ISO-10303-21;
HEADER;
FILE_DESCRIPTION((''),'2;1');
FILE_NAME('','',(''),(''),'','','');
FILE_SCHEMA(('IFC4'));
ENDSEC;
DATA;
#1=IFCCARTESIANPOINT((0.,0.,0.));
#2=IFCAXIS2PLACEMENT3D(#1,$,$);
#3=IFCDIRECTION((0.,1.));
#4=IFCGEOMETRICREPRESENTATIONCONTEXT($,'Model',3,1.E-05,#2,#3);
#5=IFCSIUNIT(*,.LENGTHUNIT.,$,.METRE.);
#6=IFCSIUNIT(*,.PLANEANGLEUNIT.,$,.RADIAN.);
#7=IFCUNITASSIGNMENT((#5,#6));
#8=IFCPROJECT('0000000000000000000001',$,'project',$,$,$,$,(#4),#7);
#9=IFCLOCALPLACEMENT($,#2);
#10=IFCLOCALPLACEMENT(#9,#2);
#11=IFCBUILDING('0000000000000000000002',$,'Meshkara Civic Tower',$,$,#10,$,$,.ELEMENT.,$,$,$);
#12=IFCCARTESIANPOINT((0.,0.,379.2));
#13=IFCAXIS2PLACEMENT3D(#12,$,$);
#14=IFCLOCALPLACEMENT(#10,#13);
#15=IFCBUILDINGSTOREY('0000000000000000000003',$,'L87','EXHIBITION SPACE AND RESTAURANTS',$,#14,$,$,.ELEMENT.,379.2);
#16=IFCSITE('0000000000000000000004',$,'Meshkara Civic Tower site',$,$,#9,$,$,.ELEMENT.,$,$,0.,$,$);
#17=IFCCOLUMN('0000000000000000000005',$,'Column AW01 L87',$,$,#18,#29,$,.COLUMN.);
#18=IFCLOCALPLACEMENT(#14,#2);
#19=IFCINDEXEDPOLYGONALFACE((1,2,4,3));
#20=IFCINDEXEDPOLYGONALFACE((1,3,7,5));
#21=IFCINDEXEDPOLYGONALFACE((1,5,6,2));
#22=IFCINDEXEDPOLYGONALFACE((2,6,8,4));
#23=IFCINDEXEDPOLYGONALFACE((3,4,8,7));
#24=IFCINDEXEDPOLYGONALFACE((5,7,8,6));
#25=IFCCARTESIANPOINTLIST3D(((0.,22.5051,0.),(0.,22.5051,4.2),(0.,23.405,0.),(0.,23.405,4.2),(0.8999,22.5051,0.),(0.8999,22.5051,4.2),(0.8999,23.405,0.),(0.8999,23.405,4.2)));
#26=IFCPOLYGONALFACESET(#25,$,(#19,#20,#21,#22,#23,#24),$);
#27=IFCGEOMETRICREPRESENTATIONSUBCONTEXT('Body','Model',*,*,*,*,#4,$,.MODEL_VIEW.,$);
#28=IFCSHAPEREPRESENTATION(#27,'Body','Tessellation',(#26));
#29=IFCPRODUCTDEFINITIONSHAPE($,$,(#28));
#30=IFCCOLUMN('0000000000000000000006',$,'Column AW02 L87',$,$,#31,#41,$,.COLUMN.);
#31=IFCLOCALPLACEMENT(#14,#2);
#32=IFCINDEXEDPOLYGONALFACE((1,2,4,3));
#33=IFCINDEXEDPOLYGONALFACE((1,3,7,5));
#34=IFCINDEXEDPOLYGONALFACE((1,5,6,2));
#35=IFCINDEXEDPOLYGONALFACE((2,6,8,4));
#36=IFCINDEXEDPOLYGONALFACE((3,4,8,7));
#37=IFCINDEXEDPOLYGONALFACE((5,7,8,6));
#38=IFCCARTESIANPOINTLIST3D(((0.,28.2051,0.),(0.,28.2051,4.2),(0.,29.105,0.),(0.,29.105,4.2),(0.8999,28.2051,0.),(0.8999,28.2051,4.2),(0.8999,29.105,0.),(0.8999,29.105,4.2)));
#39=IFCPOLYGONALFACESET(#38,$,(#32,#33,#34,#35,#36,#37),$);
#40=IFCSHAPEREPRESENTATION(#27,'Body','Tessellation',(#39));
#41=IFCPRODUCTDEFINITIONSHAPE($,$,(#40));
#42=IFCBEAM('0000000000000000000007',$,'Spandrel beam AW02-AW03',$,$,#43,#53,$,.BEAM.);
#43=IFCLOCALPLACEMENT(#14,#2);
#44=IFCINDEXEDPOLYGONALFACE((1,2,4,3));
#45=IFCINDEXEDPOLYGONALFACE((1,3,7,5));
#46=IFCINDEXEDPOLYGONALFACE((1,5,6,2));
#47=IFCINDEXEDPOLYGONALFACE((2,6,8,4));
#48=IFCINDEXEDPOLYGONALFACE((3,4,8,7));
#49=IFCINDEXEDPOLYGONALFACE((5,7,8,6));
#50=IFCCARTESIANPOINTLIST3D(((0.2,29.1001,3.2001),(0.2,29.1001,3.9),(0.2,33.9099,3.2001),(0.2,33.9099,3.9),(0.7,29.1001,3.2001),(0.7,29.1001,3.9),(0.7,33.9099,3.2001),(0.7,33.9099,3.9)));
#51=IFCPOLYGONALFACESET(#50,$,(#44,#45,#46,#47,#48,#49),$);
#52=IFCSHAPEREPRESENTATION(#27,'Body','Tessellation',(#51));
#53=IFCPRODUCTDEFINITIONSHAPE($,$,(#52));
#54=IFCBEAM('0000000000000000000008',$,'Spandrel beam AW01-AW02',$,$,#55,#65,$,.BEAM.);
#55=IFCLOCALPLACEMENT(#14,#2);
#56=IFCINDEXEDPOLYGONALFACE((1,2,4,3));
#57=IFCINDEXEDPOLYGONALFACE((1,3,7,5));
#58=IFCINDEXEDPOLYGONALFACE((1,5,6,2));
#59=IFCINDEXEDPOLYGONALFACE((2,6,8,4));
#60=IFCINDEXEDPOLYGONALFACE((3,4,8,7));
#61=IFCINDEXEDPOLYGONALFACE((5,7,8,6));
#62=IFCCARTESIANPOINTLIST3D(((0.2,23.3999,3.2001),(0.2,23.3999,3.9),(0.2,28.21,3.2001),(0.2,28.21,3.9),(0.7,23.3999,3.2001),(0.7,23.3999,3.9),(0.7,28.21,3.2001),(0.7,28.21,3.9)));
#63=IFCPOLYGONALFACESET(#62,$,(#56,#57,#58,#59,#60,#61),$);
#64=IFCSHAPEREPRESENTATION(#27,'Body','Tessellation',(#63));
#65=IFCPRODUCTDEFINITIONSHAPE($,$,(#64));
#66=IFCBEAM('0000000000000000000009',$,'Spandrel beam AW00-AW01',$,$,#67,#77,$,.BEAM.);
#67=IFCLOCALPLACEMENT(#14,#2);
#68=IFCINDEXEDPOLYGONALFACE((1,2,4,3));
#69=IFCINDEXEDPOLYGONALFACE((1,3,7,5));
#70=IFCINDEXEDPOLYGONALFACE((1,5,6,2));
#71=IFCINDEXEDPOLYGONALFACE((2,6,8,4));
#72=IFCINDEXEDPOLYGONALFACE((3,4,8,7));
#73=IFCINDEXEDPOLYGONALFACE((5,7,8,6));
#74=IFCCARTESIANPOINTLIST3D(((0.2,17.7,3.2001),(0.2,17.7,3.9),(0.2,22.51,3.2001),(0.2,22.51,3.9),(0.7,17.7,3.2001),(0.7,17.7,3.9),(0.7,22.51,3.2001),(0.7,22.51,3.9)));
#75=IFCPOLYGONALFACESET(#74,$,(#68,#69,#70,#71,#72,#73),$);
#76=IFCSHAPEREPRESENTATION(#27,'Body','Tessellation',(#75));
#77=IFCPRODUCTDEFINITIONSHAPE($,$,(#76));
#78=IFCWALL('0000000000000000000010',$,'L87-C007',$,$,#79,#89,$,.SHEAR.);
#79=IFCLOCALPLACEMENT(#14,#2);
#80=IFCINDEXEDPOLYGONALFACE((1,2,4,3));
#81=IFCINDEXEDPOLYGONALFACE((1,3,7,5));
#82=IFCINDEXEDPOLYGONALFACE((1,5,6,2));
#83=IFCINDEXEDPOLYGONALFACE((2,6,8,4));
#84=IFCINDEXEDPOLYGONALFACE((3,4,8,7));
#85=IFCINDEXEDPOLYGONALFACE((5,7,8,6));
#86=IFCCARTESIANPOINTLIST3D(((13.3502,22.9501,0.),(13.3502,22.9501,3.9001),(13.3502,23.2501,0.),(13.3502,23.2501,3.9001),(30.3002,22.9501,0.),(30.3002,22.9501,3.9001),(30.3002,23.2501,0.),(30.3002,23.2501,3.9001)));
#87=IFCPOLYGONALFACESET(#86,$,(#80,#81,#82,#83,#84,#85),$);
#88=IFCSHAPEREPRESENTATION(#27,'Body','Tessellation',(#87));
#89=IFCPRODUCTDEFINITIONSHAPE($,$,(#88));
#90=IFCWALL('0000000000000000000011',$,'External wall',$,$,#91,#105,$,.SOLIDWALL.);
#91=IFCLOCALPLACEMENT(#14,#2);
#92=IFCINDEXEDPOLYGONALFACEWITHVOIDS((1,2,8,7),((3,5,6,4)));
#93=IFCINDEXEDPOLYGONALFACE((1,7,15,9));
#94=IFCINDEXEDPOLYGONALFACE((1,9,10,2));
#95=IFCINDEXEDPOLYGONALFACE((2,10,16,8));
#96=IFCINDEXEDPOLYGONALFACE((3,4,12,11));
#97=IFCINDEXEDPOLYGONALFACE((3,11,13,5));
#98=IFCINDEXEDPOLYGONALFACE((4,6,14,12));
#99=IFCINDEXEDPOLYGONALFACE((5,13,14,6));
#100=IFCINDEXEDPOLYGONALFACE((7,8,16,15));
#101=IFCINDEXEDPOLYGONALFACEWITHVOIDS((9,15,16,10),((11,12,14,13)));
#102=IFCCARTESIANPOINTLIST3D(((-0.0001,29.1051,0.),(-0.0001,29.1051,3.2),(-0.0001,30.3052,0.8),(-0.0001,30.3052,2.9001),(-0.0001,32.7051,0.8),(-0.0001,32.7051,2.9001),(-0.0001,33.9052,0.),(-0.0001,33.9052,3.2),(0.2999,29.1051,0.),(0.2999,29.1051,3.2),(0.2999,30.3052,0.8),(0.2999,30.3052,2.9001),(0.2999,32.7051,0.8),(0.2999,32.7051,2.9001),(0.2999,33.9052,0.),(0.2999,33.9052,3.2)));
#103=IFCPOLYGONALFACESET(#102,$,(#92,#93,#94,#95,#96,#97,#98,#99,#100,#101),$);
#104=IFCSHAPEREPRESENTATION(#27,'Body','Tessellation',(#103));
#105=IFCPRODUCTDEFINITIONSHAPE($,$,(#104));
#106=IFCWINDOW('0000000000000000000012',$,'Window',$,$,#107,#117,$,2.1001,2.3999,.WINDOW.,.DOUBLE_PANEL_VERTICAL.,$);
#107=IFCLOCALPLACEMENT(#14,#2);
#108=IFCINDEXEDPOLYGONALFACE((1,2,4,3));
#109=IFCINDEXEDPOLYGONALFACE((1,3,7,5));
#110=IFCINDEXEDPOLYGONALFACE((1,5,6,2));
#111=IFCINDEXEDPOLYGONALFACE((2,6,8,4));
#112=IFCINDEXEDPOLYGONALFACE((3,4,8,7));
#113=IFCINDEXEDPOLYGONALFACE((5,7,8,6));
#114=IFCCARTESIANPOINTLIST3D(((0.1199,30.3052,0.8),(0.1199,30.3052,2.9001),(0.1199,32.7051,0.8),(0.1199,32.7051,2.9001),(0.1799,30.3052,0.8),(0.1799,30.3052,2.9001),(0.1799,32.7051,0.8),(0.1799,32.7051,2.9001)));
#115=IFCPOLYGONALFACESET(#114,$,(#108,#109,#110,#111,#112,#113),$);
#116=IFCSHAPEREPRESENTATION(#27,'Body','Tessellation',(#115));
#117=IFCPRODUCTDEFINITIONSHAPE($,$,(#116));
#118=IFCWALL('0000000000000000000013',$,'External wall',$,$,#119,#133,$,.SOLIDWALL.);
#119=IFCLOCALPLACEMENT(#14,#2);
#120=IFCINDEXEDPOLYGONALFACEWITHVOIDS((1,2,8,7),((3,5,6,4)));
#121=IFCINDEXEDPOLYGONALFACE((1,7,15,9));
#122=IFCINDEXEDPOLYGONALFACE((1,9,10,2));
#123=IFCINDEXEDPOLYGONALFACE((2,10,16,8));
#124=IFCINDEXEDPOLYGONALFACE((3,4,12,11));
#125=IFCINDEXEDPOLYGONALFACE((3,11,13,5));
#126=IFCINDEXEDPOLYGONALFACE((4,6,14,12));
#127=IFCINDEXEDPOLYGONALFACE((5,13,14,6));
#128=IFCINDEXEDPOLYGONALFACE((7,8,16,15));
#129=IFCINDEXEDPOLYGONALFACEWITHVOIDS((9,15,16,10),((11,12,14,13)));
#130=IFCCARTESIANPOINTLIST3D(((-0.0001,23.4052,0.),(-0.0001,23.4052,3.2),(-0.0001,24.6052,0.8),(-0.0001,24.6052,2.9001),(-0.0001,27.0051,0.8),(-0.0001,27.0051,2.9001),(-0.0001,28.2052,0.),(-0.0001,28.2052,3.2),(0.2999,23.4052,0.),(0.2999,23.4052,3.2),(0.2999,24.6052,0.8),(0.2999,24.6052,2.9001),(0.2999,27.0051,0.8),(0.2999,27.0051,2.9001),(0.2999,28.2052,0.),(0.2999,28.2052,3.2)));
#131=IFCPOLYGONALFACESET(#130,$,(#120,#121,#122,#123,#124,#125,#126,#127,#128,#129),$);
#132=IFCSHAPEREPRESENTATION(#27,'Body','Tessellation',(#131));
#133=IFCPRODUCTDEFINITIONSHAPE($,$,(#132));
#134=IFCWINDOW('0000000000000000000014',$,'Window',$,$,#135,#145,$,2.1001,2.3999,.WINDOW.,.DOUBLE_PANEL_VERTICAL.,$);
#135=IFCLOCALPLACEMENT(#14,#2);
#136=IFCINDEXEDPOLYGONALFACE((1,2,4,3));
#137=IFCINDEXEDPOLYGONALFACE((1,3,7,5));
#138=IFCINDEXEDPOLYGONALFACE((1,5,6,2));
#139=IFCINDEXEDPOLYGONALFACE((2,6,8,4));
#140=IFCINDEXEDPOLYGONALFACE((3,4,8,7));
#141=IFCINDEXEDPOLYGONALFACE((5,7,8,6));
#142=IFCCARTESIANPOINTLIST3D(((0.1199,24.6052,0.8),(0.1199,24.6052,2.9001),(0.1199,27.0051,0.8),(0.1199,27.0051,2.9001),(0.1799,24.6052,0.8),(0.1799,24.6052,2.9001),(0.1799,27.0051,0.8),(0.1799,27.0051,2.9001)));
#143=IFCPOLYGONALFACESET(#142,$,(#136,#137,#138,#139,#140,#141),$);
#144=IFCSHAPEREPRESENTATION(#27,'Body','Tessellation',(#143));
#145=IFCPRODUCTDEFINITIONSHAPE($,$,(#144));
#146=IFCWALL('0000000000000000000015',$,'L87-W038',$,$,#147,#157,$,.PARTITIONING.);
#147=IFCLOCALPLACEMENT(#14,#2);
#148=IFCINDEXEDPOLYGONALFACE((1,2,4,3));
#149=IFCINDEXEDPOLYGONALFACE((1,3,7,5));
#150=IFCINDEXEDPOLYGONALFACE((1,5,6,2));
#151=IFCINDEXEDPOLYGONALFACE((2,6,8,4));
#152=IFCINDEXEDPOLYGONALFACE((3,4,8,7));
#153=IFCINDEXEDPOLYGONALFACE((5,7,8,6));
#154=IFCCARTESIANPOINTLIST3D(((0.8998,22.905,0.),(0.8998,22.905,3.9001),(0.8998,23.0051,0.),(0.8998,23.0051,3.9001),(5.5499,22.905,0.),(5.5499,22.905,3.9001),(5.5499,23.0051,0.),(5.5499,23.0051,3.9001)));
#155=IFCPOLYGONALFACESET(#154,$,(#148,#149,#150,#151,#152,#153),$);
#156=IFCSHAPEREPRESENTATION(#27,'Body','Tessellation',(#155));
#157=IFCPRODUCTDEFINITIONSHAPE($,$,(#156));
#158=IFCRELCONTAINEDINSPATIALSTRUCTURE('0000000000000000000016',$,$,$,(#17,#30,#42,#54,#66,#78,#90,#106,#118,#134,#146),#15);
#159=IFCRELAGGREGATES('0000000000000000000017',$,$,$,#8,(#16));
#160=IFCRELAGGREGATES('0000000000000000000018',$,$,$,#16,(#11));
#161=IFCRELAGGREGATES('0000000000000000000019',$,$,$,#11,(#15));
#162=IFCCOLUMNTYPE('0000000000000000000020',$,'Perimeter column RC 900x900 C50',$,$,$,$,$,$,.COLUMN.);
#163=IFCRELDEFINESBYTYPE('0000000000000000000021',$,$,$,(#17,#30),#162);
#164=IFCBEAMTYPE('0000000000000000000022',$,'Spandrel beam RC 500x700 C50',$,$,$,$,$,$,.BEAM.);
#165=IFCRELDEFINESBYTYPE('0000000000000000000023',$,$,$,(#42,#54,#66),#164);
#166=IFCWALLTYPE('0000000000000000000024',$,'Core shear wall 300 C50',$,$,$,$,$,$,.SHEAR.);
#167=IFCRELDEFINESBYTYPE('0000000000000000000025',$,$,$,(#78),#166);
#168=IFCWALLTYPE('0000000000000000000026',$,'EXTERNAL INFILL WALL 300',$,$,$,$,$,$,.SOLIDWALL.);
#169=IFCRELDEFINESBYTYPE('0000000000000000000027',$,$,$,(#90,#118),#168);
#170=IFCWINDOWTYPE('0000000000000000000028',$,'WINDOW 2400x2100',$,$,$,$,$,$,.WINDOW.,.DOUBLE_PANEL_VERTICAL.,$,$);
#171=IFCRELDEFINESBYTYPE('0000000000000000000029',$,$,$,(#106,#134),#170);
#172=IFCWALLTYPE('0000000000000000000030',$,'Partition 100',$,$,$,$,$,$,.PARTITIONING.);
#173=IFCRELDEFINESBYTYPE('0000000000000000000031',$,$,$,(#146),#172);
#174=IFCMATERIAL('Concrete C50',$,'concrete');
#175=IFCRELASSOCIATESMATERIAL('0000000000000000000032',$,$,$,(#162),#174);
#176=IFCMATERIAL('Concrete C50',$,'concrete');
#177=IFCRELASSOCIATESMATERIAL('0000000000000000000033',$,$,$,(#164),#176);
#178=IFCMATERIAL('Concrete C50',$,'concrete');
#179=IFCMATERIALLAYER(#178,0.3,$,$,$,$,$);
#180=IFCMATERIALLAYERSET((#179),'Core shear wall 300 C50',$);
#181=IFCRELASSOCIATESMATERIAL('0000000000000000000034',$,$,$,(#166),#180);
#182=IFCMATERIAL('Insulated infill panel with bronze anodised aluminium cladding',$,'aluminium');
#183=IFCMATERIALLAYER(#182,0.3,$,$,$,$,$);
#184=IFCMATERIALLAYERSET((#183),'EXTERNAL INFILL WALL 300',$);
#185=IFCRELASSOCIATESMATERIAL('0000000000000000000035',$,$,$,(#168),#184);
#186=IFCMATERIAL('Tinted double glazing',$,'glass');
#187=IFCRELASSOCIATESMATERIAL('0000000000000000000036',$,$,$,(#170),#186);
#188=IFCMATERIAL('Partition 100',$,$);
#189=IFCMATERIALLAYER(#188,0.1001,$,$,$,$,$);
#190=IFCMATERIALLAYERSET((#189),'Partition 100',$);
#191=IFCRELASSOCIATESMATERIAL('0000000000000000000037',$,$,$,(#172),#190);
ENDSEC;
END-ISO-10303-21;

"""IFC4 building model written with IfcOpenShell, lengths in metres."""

from ifc_helpers import new_model, si_unit, direction, frame, frame_2d, origin, origin_2d, place, context, subcontext, project, spatial, rectangle, extrude, material, layer, layer_set, material_profile, profile_set, type_object, element, fill, save


model = new_model("IFC4")

# Units and contexts
model_context = context("Model", 3, precision=1e-05, world=origin(), true_north=direction((0.0, 1.0)))
body_context = subcontext(model_context, "Body", "Model", "MODEL_VIEW")
ifc_project = project(units=[si_unit("LENGTHUNIT", "METRE"), si_unit("PLANEANGLEUNIT", "RADIAN")], contexts=[model_context])

# Site, building, storey
site_placement = place(None, origin())
site = spatial("IfcSite", under=ifc_project, at=site_placement, Name="Meshkara Civic Tower site", CompositionType="ELEMENT", RefElevation=0.0)
building_placement = place(site_placement, origin())
building = spatial("IfcBuilding", under=site, at=building_placement, Name="Meshkara Civic Tower", CompositionType="ELEMENT")
storey_placement = place(building_placement, frame((0.0, 0.0, 379.2)))
storey = spatial("IfcBuildingStorey", under=building, at=storey_placement, Name="L87", Description="EXHIBITION SPACE AND RESTAURANTS", CompositionType="ELEMENT", Elevation=379.2)

# Columns
ifc_material_1 = material(Name="Concrete C50", Category="concrete")
ifc_material_profile_1 = material_profile(ifc_material_1, rectangle(XDim=0.8999, YDim=0.8999, at=origin_2d()))
ifc_profile_set_1 = profile_set([ifc_material_profile_1], Name="Concrete C50")
column_type = type_object("IfcColumnType", Name="Perimeter column RC 900x900 C50", PredefinedType="COLUMN", material=ifc_profile_set_1)
for number, where, z_axis, x_axis, name in (
    (1, (0.45, 22.9551, 0.0), (0.0, 0.0, 1.0), (1.0, 0.0, 0.0), "Column AW01 L87"),
    (2, (0.45, 28.655, 0.0), (0.0, 0.0, 1.0), (1.0, 0.0, 0.0), "Column AW02 L87"),
):
    element("IfcColumn", number, at=place(storey_placement, frame(where, z_axis=z_axis, x_axis=x_axis)), inside=storey, type_object=column_type, Name=name, PredefinedType="COLUMN", context=body_context, shape_type="SweptSolid", body=[
        extrude(rectangle(XDim=0.8999, YDim=0.8999, at=origin_2d()), origin(), (0.0, 0.0, 1.0), 4.2),
    ])

# Beams
ifc_material_2 = material(Name="Concrete C50", Category="concrete")
ifc_material_profile_2 = material_profile(ifc_material_2, rectangle(XDim=0.5, YDim=0.7, at=origin_2d()))
ifc_profile_set_2 = profile_set([ifc_material_profile_2], Name="Concrete C50")
beam_type = type_object("IfcBeamType", Name="Spandrel beam RC 500x700 C50", PredefinedType="BEAM", material=ifc_profile_set_2)
beam_placement = place(storey_placement, frame((0.45, 33.9099, 3.55), z_axis=(0.0, -1.0, 0.0), x_axis=(1.0, 0.0, 0.0)))
element("IfcBeam", 3, at=beam_placement, inside=storey, type_object=beam_type, Name="Spandrel beam AW02-AW03", PredefinedType="BEAM", context=body_context, shape_type="SweptSolid", body=[
    extrude(rectangle(XDim=0.5, YDim=0.7, at=origin_2d()), origin(), (0.0, 0.0, 1.0), 4.8098),
])
for number, where, z_axis, x_axis, name in (
    (4, (0.45, 28.21, 3.55), (0.0, -1.0, 0.0), (1.0, 0.0, 0.0), "Spandrel beam AW01-AW02"),
    (5, (0.45, 22.51, 3.55), (0.0, -1.0, 0.0), (1.0, 0.0, 0.0), "Spandrel beam AW00-AW01"),
):
    element("IfcBeam", number, at=place(storey_placement, frame(where, z_axis=z_axis, x_axis=x_axis)), inside=storey, type_object=beam_type, Name=name, PredefinedType="BEAM", context=body_context, shape_type="SweptSolid", body=[
        extrude(rectangle(XDim=0.5, YDim=0.7, at=origin_2d()), origin(), (0.0, 0.0, 1.0), 4.8101),
    ])

# Wall
ifc_material_3 = material(Name="Concrete C50", Category="concrete")
ifc_layer_1 = layer(ifc_material_3, 0.3)
ifc_layer_set_1 = layer_set([ifc_layer_1], Name="Core shear wall 300 C50")
wall_type_1 = type_object("IfcWallType", Name="Core shear wall 300 C50", PredefinedType="SHEAR", material=ifc_layer_set_1)
wall_1_placement = place(storey_placement, frame((13.3501, 23.1001, 0.0), z_axis=(0.0, 0.0, 1.0), x_axis=(1.0, 0.0, 0.0)))
element("IfcWall", 6, at=wall_1_placement, inside=storey, type_object=wall_type_1, Name="L87-C007", PredefinedType="SHEAR", context=body_context, shape_type="SweptSolid", body=[
    extrude(rectangle(XDim=16.95, YDim=0.3, at=frame_2d((8.4751, 0.0))), origin(), (0.0, 0.0, 1.0), 3.9001),
])

# Walls, openings, windows
ifc_material_4 = material(Name="Insulated infill panel with bronze anodised aluminium cladding", Category="aluminium")
ifc_layer_2 = layer(ifc_material_4, 0.3)
ifc_layer_set_2 = layer_set([ifc_layer_2], Name="EXTERNAL INFILL WALL 300")
wall_type_2 = type_object("IfcWallType", Name="EXTERNAL INFILL WALL 300", PredefinedType="SOLIDWALL", material=ifc_layer_set_2)
wall_2_placement = place(storey_placement, frame((0.1499, 33.905, 0.0), z_axis=(0.0, 0.0, 1.0), x_axis=(0.0, -1.0, 0.0)))
wall_2 = element("IfcWall", 7, at=wall_2_placement, inside=storey, type_object=wall_type_2, Name="External wall", PredefinedType="SOLIDWALL", context=body_context, shape_type="SweptSolid", body=[
    extrude(rectangle(XDim=4.8, YDim=0.3, at=frame_2d((2.3999, 0.0))), origin(), (0.0, 0.0, 1.0), 3.2),
])
opening_1_placement = place(wall_2_placement, frame((1.2, 0.0, 0.8)))
opening_1 = element("IfcOpeningElement", 8, at=opening_1_placement, cuts=wall_2, PredefinedType="OPENING", context=body_context, shape_type="SweptSolid", body=[
    extrude(rectangle(XDim=2.3999, YDim=2.1001, at=frame_2d((1.2, 1.05))), frame((0.0, 0.1599, 0.0), z_axis=(0.0, -1.0, 0.0), x_axis=(1.0, 0.0, 0.0)), (0.0, 0.0, 1.0), 0.3201),
])
ifc_material_5 = material(Name="Tinted double glazing", Category="glass")
window_type = type_object("IfcWindowType", Name="WINDOW 2400x2100", PartitioningType="DOUBLE_PANEL_VERTICAL", PredefinedType="WINDOW", material=ifc_material_5)
window_1_placement = place(opening_1_placement, origin())
window_1 = element("IfcWindow", 9, at=window_1_placement, inside=storey, type_object=window_type, Name="Window", OverallHeight=2.1001, OverallWidth=2.3999, PartitioningType="DOUBLE_PANEL_VERTICAL", PredefinedType="WINDOW", context=body_context, shape_type="SweptSolid", body=[
    extrude(rectangle(XDim=2.3999, YDim=2.1001, at=frame_2d((1.2, 1.05))), frame((0.0, 0.03, 0.0), z_axis=(0.0, -1.0, 0.0), x_axis=(1.0, 0.0, 0.0)), (0.0, 0.0, 1.0), 0.0601),
])
fill(opening_1, window_1)
wall_3_placement = place(storey_placement, frame((0.1499, 28.2051, 0.0), z_axis=(0.0, 0.0, 1.0), x_axis=(0.0, -1.0, 0.0)))
wall_3 = element("IfcWall", 10, at=wall_3_placement, inside=storey, type_object=wall_type_2, Name="External wall", PredefinedType="SOLIDWALL", context=body_context, shape_type="SweptSolid", body=[
    extrude(rectangle(XDim=4.8, YDim=0.3, at=frame_2d((2.3999, 0.0))), origin(), (0.0, 0.0, 1.0), 3.2),
])
opening_2_placement = place(wall_3_placement, frame((1.2, 0.0, 0.8)))
opening_2 = element("IfcOpeningElement", 11, at=opening_2_placement, cuts=wall_3, PredefinedType="OPENING", context=body_context, shape_type="SweptSolid", body=[
    extrude(rectangle(XDim=2.3999, YDim=2.1001, at=frame_2d((1.2, 1.05))), frame((0.0, 0.1599, 0.0), z_axis=(0.0, -1.0, 0.0), x_axis=(1.0, 0.0, 0.0)), (0.0, 0.0, 1.0), 0.3201),
])
window_2_placement = place(opening_2_placement, origin())
window_2 = element("IfcWindow", 12, at=window_2_placement, inside=storey, type_object=window_type, Name="Window", OverallHeight=2.1001, OverallWidth=2.3999, PartitioningType="DOUBLE_PANEL_VERTICAL", PredefinedType="WINDOW", context=body_context, shape_type="SweptSolid", body=[
    extrude(rectangle(XDim=2.3999, YDim=2.1001, at=frame_2d((1.2, 1.05))), frame((0.0, 0.03, 0.0), z_axis=(0.0, -1.0, 0.0), x_axis=(1.0, 0.0, 0.0)), (0.0, 0.0, 1.0), 0.0601),
])
fill(opening_2, window_2)

# Wall
ifc_material_6 = material(Name="Partition 100")
ifc_layer_3 = layer(ifc_material_6, 0.1001)
ifc_layer_set_3 = layer_set([ifc_layer_3], Name="Partition 100")
wall_type_3 = type_object("IfcWallType", Name="Partition 100", PredefinedType="PARTITIONING", material=ifc_layer_set_3)
wall_4_placement = place(storey_placement, frame((5.55, 22.9551, 0.0), z_axis=(0.0, 0.0, 1.0), x_axis=(-1.0, 0.0, 0.0)))
element("IfcWall", 13, at=wall_4_placement, inside=storey, type_object=wall_type_3, Name="L87-W038", PredefinedType="PARTITIONING", context=body_context, shape_type="SweptSolid", body=[
    extrude(rectangle(XDim=4.6501, YDim=0.1001, at=frame_2d((2.3252, 0.0))), origin(), (0.0, 0.0, 1.0), 3.9001),
])

save(model, "model.ifc")
